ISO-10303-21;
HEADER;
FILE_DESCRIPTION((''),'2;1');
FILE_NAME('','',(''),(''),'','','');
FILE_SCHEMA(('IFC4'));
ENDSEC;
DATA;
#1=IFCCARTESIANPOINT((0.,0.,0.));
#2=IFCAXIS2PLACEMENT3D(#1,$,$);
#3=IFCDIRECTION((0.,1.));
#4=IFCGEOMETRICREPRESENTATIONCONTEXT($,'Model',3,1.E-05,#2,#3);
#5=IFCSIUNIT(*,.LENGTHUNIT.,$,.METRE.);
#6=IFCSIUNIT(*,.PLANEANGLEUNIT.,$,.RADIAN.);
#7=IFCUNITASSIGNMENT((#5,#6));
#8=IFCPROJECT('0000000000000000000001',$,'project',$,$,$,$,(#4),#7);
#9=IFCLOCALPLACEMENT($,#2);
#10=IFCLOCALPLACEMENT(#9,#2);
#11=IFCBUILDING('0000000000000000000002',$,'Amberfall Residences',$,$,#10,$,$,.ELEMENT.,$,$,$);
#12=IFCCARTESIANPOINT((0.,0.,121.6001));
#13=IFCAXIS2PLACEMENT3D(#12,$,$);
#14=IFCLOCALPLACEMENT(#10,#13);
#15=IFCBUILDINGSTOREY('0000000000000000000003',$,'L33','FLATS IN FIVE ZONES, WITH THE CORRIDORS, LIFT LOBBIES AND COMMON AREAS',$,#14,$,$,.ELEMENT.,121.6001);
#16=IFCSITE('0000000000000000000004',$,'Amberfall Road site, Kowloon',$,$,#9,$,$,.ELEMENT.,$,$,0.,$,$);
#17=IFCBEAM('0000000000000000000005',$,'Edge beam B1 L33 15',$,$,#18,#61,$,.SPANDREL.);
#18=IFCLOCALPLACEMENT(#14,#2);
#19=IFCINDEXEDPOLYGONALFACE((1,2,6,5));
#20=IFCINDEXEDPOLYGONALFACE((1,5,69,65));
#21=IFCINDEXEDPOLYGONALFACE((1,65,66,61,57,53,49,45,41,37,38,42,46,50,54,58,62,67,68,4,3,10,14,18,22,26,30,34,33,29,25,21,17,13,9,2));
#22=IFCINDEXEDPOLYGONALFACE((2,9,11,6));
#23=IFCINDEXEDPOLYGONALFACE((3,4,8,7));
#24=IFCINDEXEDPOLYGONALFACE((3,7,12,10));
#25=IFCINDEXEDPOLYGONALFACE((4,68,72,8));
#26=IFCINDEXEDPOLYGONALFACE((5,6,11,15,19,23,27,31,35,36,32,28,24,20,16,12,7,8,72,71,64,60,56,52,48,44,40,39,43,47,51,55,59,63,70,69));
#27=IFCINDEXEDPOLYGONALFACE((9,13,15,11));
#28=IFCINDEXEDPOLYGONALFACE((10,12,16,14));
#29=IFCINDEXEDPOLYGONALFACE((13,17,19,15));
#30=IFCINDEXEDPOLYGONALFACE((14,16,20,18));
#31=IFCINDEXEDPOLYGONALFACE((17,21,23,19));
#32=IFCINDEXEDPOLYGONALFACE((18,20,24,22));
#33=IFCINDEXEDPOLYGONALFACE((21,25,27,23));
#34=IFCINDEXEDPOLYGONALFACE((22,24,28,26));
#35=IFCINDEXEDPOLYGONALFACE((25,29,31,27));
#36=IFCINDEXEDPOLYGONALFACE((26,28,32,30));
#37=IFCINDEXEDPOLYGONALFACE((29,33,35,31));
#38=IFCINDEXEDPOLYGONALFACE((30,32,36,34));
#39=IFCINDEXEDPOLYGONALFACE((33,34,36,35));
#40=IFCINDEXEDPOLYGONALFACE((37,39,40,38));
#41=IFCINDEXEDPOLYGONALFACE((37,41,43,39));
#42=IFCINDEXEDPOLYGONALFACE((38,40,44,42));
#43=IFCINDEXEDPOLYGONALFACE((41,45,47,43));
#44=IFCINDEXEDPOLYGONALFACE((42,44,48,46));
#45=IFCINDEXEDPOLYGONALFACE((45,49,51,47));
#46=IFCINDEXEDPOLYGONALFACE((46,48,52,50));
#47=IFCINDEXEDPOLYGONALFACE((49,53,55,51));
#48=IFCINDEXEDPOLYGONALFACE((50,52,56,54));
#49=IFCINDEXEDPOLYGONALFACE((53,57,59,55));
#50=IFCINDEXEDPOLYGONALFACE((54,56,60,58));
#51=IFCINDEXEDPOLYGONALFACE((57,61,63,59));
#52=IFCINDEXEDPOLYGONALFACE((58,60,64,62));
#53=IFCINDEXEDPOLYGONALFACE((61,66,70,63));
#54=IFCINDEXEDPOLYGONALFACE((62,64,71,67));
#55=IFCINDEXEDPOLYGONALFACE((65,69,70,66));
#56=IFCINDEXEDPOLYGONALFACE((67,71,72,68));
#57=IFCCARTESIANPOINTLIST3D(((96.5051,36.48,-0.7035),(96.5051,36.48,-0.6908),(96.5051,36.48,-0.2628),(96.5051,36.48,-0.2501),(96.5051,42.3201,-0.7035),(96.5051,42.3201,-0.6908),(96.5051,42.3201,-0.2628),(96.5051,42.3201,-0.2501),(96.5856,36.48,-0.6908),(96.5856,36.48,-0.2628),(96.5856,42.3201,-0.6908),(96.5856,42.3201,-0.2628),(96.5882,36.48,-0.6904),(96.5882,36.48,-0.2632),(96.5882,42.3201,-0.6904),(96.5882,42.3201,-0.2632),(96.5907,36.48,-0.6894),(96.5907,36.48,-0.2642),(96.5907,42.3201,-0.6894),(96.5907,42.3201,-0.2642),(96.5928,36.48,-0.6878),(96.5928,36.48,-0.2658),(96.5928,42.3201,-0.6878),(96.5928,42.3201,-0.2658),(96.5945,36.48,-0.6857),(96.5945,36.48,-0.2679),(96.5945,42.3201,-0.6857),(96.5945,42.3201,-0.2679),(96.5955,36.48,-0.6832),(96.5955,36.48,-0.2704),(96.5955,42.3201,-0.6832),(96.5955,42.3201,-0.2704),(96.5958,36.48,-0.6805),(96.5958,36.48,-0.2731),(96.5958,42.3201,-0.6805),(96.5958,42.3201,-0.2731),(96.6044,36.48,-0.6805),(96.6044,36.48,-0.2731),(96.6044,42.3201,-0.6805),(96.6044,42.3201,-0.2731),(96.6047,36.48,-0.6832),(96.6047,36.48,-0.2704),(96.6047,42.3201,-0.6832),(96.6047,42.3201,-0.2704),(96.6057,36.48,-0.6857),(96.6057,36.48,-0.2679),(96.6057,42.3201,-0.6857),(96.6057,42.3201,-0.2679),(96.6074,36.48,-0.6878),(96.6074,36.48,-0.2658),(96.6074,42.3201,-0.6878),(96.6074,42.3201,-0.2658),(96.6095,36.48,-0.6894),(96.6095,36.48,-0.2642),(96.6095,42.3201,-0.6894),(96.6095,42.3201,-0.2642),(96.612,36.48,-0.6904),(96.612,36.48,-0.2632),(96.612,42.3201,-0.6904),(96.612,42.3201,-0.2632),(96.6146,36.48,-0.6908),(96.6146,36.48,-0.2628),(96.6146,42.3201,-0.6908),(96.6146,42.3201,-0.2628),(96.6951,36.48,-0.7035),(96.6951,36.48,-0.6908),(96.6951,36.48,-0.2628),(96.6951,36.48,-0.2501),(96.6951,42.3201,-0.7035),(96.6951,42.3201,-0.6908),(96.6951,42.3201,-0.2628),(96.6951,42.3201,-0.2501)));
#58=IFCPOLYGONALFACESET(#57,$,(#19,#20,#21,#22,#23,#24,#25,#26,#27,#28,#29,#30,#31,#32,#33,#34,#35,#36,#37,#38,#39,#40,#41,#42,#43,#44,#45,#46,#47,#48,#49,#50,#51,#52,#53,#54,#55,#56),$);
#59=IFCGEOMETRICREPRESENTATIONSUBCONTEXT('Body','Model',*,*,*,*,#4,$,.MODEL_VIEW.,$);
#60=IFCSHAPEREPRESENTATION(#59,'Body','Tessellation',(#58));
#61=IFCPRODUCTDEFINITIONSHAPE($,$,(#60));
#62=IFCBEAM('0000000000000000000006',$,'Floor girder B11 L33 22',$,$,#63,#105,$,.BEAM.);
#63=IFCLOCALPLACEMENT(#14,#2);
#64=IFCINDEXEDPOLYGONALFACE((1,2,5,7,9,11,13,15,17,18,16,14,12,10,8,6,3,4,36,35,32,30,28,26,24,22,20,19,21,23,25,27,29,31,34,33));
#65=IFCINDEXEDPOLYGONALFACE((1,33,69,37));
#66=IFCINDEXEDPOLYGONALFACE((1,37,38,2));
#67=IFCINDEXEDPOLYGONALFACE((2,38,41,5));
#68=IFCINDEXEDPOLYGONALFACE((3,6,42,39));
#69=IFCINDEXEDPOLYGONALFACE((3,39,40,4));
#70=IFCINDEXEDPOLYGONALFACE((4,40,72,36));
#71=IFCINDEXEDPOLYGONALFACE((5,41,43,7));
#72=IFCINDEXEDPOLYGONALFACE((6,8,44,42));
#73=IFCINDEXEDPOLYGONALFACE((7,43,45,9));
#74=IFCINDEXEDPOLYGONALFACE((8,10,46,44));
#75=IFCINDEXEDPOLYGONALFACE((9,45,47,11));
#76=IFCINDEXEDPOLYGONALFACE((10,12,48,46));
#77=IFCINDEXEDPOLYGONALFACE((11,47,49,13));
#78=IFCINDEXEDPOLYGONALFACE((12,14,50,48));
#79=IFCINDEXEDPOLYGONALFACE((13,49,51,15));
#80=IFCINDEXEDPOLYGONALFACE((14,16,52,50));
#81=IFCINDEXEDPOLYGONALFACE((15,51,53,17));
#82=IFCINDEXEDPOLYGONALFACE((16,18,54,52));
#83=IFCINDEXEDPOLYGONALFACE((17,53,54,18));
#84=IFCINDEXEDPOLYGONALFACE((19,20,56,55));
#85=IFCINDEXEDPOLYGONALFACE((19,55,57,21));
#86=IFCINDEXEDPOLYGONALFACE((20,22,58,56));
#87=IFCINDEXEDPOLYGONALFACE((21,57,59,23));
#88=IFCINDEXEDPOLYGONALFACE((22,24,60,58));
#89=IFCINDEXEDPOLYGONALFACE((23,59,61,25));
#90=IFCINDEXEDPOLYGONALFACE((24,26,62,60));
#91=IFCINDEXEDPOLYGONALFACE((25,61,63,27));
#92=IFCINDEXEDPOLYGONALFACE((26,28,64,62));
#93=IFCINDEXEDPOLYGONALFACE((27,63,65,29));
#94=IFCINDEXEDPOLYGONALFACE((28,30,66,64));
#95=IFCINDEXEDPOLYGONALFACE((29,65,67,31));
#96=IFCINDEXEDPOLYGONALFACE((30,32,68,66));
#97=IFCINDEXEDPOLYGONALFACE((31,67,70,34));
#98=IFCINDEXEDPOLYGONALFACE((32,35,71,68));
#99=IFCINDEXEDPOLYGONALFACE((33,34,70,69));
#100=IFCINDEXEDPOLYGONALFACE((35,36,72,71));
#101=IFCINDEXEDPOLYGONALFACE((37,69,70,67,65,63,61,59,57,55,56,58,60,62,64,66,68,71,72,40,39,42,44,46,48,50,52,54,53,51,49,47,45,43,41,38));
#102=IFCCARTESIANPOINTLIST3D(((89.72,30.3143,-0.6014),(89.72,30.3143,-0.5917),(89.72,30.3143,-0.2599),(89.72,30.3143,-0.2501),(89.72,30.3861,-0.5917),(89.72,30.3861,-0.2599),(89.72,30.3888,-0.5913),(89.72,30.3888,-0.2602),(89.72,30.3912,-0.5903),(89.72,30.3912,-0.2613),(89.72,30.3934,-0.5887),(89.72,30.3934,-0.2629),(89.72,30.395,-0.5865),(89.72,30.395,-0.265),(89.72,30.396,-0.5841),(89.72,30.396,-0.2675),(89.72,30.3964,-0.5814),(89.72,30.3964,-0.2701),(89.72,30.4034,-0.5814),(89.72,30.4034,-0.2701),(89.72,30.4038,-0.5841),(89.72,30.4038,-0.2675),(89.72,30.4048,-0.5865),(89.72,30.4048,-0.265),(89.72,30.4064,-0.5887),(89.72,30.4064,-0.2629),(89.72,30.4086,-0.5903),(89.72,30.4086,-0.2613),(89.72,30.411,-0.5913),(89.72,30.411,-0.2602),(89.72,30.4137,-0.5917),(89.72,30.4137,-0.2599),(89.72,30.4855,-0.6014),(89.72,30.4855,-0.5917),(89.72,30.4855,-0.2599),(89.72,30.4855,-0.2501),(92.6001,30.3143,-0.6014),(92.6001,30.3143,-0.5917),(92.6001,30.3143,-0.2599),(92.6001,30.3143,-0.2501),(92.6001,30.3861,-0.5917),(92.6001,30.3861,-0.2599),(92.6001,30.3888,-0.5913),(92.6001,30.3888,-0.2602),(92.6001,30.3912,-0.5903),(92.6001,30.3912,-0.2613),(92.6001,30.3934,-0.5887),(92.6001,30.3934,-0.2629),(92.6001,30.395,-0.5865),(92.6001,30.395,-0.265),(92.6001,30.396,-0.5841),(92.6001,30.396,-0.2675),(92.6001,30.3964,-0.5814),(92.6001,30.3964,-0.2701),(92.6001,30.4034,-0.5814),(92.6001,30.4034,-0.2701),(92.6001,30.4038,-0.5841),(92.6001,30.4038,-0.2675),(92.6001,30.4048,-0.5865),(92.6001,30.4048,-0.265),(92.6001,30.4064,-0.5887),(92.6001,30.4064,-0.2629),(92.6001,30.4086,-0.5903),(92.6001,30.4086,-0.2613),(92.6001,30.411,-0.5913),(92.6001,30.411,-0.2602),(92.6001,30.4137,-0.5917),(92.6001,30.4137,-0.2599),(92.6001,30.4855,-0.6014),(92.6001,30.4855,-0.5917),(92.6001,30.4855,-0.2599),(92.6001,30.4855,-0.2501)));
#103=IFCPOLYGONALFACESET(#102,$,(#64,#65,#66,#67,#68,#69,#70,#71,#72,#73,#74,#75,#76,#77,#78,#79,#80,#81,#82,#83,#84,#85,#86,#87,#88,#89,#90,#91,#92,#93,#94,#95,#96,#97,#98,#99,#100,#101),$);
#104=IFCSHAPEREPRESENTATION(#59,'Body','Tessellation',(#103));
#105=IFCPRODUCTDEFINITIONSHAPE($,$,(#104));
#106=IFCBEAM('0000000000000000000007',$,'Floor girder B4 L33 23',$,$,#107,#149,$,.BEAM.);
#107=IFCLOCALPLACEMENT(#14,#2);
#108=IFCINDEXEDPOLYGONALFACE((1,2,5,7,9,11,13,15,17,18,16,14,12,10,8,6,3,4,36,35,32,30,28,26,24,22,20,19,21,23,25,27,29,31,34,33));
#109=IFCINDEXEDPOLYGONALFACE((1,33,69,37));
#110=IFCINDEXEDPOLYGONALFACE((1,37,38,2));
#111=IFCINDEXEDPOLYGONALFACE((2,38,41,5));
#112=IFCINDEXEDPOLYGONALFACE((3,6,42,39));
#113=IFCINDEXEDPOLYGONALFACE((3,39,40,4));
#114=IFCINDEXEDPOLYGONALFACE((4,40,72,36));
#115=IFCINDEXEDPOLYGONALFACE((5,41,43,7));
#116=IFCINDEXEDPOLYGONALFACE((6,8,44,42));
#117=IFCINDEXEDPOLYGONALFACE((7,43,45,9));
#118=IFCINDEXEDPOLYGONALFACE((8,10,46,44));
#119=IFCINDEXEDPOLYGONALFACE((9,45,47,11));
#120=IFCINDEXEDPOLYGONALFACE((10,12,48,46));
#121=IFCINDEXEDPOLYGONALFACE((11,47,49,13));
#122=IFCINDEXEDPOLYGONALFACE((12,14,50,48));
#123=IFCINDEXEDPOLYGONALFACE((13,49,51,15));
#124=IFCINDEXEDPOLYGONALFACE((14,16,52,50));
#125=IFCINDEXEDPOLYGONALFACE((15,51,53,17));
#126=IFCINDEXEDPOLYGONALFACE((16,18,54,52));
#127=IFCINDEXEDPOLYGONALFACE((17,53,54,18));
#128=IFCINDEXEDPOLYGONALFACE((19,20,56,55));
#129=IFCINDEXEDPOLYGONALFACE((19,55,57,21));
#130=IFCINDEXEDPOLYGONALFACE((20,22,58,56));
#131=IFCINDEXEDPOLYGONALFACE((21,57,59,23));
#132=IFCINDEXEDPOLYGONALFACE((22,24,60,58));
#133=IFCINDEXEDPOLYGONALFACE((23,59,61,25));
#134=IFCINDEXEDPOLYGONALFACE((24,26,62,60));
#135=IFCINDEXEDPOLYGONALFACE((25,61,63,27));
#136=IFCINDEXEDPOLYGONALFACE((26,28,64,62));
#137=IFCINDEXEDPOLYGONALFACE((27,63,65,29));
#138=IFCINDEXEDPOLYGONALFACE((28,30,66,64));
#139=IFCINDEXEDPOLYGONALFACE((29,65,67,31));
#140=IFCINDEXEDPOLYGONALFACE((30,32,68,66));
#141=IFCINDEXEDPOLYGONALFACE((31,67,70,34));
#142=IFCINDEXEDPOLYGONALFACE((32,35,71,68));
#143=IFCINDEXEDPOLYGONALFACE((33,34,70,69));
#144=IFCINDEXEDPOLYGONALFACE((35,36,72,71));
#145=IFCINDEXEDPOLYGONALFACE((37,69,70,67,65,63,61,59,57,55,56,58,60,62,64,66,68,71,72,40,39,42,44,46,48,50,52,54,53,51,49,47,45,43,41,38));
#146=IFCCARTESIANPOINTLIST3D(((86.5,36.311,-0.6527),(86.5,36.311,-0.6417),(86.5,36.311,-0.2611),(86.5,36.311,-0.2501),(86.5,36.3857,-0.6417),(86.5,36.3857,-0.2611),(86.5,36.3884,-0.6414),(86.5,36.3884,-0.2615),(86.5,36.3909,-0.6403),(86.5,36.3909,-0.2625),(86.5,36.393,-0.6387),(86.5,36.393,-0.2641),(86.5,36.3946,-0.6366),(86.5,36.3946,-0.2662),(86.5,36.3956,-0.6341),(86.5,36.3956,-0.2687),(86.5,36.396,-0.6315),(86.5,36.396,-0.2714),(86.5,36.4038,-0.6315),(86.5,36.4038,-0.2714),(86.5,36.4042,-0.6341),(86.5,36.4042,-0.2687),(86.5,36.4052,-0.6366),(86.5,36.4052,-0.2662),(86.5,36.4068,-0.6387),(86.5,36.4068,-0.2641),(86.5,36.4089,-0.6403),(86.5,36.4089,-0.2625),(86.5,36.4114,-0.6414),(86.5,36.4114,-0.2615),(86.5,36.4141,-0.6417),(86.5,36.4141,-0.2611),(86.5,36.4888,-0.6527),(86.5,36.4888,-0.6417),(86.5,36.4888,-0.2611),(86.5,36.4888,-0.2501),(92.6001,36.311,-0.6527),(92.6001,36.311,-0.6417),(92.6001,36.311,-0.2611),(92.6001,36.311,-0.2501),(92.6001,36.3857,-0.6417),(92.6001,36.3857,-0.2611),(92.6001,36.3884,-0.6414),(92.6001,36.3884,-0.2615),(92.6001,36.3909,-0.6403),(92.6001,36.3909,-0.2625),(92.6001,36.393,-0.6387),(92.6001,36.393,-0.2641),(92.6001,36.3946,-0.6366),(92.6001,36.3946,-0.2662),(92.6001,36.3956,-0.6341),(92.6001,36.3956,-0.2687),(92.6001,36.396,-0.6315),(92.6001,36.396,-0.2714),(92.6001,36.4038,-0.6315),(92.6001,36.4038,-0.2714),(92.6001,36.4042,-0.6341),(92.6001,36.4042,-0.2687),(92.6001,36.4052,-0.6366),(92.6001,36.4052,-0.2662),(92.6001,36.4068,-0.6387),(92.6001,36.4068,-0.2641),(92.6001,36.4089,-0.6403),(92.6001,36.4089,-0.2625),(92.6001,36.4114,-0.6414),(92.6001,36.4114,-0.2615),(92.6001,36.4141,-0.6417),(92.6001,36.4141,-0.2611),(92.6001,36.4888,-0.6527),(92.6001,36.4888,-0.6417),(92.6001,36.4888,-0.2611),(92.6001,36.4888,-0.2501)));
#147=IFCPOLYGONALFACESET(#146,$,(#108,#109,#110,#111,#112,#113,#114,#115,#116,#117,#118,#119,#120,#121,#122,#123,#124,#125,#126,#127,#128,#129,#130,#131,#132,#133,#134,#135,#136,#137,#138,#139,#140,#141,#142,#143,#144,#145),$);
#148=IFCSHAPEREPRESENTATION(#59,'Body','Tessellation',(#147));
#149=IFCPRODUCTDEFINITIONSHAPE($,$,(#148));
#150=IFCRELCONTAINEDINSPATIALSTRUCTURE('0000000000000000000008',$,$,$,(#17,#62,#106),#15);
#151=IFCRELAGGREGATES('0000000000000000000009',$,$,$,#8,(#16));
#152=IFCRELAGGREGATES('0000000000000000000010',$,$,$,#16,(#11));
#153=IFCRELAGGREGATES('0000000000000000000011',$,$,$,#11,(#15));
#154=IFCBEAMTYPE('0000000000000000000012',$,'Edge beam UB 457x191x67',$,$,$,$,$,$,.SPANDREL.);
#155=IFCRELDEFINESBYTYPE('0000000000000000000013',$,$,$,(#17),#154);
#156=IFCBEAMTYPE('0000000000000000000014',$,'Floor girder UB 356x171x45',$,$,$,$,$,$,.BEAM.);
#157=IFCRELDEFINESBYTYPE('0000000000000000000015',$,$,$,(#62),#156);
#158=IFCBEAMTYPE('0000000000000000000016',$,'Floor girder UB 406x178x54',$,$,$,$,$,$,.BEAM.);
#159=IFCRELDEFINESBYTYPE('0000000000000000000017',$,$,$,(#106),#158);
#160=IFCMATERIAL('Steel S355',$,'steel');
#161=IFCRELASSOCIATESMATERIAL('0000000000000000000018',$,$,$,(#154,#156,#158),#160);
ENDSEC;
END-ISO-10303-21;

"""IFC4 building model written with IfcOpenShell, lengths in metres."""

from ifc_helpers import new_model, si_unit, direction, frame, origin, origin_2d, place, context, subcontext, project, spatial, i_section, extrude, material, material_profile, profile_set, type_object, element, save


model = new_model("IFC4")

# Units and contexts
model_context = context("Model", 3, precision=1e-05, world=origin(), true_north=direction((0.0, 1.0)))
body_context = subcontext(model_context, "Body", "Model", "MODEL_VIEW")
ifc_project = project(units=[si_unit("LENGTHUNIT", "METRE"), si_unit("PLANEANGLEUNIT", "RADIAN")], contexts=[model_context])

# Site, building, storey
site_placement = place(None, origin())
site = spatial("IfcSite", under=ifc_project, at=site_placement, Name="Amberfall Road site, Kowloon", CompositionType="ELEMENT", RefElevation=0.0)
building_placement = place(site_placement, origin())
building = spatial("IfcBuilding", under=site, at=building_placement, Name="Amberfall Residences", CompositionType="ELEMENT")
storey_placement = place(building_placement, frame((0.0, 0.0, 121.6001)))
storey = spatial("IfcBuildingStorey", under=building, at=storey_placement, Name="L33", Description="FLATS IN FIVE ZONES, WITH THE CORRIDORS, LIFT LOBBIES AND COMMON AREAS", CompositionType="ELEMENT", Elevation=121.6001)

# Beams
ifc_material_1 = material(Name="Steel S355", Category="steel")
ifc_material_profile_1 = material_profile(ifc_material_1, i_section(OverallWidth=0.1899, OverallDepth=0.4534, WebThickness=0.0085, FlangeThickness=0.0127, FilletRadius=0.0103, at=origin_2d()), Name="UB 457x191x67")
ifc_profile_set_1 = profile_set([ifc_material_profile_1], Name="Steel S355")
beam_type_1 = type_object("IfcBeamType", Name="Edge beam UB 457x191x67", PredefinedType="SPANDREL", material=ifc_profile_set_1)
for number, where, z_axis, x_axis, name in (
    (1, (96.6001, 36.48, -0.4768), (0.0, 1.0, 0.0), (-1.0, 0.0, 0.0), "Edge beam B1 L33 15"),
):
    element("IfcBeam", number, at=place(storey_placement, frame(where, z_axis=z_axis, x_axis=x_axis)), inside=storey, type_object=beam_type_1, Name=name, PredefinedType="SPANDREL", context=body_context, shape_type="SweptSolid", body=[
        extrude(i_section(OverallWidth=0.1899, OverallDepth=0.4534, WebThickness=0.0085, FlangeThickness=0.0127, FilletRadius=0.0103, at=origin_2d()), origin(), (0.0, 0.0, 1.0), 5.8401),
    ])
ifc_material_profile_2 = material_profile(ifc_material_1, i_section(OverallWidth=0.1711, OverallDepth=0.3513, WebThickness=0.0071, FlangeThickness=0.0098, FilletRadius=0.0103, at=origin_2d()), Name="UB 356x171x45")
ifc_profile_set_2 = profile_set([ifc_material_profile_2], Name="Steel S355")
beam_type_2 = type_object("IfcBeamType", Name="Floor girder UB 356x171x45", PredefinedType="BEAM", material=ifc_profile_set_2)
beam_1_placement = place(storey_placement, frame((92.6001, 30.3999, -0.4258), z_axis=(-1.0, 0.0, 0.0), x_axis=(0.0, -1.0, 0.0)))
element("IfcBeam", 2, at=beam_1_placement, inside=storey, type_object=beam_type_2, Name="Floor girder B11 L33 22", PredefinedType="BEAM", context=body_context, shape_type="SweptSolid", body=[
    extrude(i_section(OverallWidth=0.1711, OverallDepth=0.3513, WebThickness=0.0071, FlangeThickness=0.0098, FilletRadius=0.0103, at=origin_2d()), origin(), (0.0, 0.0, 1.0), 2.8801),
])
ifc_material_profile_3 = material_profile(ifc_material_1, i_section(OverallWidth=0.1777, OverallDepth=0.4026, WebThickness=0.0078, FlangeThickness=0.011, FilletRadius=0.0103, at=origin_2d()), Name="UB 406x178x54")
ifc_profile_set_3 = profile_set([ifc_material_profile_3], Name="Steel S355")
beam_type_3 = type_object("IfcBeamType", Name="Floor girder UB 406x178x54", PredefinedType="BEAM", material=ifc_profile_set_3)
beam_2_placement = place(storey_placement, frame((92.6001, 36.3999, -0.4514), z_axis=(-1.0, 0.0, 0.0), x_axis=(0.0, -1.0, 0.0)))
element("IfcBeam", 3, at=beam_2_placement, inside=storey, type_object=beam_type_3, Name="Floor girder B4 L33 23", PredefinedType="BEAM", context=body_context, shape_type="SweptSolid", body=[
    extrude(i_section(OverallWidth=0.1777, OverallDepth=0.4026, WebThickness=0.0078, FlangeThickness=0.011, FilletRadius=0.0103, at=origin_2d()), origin(), (0.0, 0.0, 1.0), 6.1001),
])

save(model, "model.ifc")
